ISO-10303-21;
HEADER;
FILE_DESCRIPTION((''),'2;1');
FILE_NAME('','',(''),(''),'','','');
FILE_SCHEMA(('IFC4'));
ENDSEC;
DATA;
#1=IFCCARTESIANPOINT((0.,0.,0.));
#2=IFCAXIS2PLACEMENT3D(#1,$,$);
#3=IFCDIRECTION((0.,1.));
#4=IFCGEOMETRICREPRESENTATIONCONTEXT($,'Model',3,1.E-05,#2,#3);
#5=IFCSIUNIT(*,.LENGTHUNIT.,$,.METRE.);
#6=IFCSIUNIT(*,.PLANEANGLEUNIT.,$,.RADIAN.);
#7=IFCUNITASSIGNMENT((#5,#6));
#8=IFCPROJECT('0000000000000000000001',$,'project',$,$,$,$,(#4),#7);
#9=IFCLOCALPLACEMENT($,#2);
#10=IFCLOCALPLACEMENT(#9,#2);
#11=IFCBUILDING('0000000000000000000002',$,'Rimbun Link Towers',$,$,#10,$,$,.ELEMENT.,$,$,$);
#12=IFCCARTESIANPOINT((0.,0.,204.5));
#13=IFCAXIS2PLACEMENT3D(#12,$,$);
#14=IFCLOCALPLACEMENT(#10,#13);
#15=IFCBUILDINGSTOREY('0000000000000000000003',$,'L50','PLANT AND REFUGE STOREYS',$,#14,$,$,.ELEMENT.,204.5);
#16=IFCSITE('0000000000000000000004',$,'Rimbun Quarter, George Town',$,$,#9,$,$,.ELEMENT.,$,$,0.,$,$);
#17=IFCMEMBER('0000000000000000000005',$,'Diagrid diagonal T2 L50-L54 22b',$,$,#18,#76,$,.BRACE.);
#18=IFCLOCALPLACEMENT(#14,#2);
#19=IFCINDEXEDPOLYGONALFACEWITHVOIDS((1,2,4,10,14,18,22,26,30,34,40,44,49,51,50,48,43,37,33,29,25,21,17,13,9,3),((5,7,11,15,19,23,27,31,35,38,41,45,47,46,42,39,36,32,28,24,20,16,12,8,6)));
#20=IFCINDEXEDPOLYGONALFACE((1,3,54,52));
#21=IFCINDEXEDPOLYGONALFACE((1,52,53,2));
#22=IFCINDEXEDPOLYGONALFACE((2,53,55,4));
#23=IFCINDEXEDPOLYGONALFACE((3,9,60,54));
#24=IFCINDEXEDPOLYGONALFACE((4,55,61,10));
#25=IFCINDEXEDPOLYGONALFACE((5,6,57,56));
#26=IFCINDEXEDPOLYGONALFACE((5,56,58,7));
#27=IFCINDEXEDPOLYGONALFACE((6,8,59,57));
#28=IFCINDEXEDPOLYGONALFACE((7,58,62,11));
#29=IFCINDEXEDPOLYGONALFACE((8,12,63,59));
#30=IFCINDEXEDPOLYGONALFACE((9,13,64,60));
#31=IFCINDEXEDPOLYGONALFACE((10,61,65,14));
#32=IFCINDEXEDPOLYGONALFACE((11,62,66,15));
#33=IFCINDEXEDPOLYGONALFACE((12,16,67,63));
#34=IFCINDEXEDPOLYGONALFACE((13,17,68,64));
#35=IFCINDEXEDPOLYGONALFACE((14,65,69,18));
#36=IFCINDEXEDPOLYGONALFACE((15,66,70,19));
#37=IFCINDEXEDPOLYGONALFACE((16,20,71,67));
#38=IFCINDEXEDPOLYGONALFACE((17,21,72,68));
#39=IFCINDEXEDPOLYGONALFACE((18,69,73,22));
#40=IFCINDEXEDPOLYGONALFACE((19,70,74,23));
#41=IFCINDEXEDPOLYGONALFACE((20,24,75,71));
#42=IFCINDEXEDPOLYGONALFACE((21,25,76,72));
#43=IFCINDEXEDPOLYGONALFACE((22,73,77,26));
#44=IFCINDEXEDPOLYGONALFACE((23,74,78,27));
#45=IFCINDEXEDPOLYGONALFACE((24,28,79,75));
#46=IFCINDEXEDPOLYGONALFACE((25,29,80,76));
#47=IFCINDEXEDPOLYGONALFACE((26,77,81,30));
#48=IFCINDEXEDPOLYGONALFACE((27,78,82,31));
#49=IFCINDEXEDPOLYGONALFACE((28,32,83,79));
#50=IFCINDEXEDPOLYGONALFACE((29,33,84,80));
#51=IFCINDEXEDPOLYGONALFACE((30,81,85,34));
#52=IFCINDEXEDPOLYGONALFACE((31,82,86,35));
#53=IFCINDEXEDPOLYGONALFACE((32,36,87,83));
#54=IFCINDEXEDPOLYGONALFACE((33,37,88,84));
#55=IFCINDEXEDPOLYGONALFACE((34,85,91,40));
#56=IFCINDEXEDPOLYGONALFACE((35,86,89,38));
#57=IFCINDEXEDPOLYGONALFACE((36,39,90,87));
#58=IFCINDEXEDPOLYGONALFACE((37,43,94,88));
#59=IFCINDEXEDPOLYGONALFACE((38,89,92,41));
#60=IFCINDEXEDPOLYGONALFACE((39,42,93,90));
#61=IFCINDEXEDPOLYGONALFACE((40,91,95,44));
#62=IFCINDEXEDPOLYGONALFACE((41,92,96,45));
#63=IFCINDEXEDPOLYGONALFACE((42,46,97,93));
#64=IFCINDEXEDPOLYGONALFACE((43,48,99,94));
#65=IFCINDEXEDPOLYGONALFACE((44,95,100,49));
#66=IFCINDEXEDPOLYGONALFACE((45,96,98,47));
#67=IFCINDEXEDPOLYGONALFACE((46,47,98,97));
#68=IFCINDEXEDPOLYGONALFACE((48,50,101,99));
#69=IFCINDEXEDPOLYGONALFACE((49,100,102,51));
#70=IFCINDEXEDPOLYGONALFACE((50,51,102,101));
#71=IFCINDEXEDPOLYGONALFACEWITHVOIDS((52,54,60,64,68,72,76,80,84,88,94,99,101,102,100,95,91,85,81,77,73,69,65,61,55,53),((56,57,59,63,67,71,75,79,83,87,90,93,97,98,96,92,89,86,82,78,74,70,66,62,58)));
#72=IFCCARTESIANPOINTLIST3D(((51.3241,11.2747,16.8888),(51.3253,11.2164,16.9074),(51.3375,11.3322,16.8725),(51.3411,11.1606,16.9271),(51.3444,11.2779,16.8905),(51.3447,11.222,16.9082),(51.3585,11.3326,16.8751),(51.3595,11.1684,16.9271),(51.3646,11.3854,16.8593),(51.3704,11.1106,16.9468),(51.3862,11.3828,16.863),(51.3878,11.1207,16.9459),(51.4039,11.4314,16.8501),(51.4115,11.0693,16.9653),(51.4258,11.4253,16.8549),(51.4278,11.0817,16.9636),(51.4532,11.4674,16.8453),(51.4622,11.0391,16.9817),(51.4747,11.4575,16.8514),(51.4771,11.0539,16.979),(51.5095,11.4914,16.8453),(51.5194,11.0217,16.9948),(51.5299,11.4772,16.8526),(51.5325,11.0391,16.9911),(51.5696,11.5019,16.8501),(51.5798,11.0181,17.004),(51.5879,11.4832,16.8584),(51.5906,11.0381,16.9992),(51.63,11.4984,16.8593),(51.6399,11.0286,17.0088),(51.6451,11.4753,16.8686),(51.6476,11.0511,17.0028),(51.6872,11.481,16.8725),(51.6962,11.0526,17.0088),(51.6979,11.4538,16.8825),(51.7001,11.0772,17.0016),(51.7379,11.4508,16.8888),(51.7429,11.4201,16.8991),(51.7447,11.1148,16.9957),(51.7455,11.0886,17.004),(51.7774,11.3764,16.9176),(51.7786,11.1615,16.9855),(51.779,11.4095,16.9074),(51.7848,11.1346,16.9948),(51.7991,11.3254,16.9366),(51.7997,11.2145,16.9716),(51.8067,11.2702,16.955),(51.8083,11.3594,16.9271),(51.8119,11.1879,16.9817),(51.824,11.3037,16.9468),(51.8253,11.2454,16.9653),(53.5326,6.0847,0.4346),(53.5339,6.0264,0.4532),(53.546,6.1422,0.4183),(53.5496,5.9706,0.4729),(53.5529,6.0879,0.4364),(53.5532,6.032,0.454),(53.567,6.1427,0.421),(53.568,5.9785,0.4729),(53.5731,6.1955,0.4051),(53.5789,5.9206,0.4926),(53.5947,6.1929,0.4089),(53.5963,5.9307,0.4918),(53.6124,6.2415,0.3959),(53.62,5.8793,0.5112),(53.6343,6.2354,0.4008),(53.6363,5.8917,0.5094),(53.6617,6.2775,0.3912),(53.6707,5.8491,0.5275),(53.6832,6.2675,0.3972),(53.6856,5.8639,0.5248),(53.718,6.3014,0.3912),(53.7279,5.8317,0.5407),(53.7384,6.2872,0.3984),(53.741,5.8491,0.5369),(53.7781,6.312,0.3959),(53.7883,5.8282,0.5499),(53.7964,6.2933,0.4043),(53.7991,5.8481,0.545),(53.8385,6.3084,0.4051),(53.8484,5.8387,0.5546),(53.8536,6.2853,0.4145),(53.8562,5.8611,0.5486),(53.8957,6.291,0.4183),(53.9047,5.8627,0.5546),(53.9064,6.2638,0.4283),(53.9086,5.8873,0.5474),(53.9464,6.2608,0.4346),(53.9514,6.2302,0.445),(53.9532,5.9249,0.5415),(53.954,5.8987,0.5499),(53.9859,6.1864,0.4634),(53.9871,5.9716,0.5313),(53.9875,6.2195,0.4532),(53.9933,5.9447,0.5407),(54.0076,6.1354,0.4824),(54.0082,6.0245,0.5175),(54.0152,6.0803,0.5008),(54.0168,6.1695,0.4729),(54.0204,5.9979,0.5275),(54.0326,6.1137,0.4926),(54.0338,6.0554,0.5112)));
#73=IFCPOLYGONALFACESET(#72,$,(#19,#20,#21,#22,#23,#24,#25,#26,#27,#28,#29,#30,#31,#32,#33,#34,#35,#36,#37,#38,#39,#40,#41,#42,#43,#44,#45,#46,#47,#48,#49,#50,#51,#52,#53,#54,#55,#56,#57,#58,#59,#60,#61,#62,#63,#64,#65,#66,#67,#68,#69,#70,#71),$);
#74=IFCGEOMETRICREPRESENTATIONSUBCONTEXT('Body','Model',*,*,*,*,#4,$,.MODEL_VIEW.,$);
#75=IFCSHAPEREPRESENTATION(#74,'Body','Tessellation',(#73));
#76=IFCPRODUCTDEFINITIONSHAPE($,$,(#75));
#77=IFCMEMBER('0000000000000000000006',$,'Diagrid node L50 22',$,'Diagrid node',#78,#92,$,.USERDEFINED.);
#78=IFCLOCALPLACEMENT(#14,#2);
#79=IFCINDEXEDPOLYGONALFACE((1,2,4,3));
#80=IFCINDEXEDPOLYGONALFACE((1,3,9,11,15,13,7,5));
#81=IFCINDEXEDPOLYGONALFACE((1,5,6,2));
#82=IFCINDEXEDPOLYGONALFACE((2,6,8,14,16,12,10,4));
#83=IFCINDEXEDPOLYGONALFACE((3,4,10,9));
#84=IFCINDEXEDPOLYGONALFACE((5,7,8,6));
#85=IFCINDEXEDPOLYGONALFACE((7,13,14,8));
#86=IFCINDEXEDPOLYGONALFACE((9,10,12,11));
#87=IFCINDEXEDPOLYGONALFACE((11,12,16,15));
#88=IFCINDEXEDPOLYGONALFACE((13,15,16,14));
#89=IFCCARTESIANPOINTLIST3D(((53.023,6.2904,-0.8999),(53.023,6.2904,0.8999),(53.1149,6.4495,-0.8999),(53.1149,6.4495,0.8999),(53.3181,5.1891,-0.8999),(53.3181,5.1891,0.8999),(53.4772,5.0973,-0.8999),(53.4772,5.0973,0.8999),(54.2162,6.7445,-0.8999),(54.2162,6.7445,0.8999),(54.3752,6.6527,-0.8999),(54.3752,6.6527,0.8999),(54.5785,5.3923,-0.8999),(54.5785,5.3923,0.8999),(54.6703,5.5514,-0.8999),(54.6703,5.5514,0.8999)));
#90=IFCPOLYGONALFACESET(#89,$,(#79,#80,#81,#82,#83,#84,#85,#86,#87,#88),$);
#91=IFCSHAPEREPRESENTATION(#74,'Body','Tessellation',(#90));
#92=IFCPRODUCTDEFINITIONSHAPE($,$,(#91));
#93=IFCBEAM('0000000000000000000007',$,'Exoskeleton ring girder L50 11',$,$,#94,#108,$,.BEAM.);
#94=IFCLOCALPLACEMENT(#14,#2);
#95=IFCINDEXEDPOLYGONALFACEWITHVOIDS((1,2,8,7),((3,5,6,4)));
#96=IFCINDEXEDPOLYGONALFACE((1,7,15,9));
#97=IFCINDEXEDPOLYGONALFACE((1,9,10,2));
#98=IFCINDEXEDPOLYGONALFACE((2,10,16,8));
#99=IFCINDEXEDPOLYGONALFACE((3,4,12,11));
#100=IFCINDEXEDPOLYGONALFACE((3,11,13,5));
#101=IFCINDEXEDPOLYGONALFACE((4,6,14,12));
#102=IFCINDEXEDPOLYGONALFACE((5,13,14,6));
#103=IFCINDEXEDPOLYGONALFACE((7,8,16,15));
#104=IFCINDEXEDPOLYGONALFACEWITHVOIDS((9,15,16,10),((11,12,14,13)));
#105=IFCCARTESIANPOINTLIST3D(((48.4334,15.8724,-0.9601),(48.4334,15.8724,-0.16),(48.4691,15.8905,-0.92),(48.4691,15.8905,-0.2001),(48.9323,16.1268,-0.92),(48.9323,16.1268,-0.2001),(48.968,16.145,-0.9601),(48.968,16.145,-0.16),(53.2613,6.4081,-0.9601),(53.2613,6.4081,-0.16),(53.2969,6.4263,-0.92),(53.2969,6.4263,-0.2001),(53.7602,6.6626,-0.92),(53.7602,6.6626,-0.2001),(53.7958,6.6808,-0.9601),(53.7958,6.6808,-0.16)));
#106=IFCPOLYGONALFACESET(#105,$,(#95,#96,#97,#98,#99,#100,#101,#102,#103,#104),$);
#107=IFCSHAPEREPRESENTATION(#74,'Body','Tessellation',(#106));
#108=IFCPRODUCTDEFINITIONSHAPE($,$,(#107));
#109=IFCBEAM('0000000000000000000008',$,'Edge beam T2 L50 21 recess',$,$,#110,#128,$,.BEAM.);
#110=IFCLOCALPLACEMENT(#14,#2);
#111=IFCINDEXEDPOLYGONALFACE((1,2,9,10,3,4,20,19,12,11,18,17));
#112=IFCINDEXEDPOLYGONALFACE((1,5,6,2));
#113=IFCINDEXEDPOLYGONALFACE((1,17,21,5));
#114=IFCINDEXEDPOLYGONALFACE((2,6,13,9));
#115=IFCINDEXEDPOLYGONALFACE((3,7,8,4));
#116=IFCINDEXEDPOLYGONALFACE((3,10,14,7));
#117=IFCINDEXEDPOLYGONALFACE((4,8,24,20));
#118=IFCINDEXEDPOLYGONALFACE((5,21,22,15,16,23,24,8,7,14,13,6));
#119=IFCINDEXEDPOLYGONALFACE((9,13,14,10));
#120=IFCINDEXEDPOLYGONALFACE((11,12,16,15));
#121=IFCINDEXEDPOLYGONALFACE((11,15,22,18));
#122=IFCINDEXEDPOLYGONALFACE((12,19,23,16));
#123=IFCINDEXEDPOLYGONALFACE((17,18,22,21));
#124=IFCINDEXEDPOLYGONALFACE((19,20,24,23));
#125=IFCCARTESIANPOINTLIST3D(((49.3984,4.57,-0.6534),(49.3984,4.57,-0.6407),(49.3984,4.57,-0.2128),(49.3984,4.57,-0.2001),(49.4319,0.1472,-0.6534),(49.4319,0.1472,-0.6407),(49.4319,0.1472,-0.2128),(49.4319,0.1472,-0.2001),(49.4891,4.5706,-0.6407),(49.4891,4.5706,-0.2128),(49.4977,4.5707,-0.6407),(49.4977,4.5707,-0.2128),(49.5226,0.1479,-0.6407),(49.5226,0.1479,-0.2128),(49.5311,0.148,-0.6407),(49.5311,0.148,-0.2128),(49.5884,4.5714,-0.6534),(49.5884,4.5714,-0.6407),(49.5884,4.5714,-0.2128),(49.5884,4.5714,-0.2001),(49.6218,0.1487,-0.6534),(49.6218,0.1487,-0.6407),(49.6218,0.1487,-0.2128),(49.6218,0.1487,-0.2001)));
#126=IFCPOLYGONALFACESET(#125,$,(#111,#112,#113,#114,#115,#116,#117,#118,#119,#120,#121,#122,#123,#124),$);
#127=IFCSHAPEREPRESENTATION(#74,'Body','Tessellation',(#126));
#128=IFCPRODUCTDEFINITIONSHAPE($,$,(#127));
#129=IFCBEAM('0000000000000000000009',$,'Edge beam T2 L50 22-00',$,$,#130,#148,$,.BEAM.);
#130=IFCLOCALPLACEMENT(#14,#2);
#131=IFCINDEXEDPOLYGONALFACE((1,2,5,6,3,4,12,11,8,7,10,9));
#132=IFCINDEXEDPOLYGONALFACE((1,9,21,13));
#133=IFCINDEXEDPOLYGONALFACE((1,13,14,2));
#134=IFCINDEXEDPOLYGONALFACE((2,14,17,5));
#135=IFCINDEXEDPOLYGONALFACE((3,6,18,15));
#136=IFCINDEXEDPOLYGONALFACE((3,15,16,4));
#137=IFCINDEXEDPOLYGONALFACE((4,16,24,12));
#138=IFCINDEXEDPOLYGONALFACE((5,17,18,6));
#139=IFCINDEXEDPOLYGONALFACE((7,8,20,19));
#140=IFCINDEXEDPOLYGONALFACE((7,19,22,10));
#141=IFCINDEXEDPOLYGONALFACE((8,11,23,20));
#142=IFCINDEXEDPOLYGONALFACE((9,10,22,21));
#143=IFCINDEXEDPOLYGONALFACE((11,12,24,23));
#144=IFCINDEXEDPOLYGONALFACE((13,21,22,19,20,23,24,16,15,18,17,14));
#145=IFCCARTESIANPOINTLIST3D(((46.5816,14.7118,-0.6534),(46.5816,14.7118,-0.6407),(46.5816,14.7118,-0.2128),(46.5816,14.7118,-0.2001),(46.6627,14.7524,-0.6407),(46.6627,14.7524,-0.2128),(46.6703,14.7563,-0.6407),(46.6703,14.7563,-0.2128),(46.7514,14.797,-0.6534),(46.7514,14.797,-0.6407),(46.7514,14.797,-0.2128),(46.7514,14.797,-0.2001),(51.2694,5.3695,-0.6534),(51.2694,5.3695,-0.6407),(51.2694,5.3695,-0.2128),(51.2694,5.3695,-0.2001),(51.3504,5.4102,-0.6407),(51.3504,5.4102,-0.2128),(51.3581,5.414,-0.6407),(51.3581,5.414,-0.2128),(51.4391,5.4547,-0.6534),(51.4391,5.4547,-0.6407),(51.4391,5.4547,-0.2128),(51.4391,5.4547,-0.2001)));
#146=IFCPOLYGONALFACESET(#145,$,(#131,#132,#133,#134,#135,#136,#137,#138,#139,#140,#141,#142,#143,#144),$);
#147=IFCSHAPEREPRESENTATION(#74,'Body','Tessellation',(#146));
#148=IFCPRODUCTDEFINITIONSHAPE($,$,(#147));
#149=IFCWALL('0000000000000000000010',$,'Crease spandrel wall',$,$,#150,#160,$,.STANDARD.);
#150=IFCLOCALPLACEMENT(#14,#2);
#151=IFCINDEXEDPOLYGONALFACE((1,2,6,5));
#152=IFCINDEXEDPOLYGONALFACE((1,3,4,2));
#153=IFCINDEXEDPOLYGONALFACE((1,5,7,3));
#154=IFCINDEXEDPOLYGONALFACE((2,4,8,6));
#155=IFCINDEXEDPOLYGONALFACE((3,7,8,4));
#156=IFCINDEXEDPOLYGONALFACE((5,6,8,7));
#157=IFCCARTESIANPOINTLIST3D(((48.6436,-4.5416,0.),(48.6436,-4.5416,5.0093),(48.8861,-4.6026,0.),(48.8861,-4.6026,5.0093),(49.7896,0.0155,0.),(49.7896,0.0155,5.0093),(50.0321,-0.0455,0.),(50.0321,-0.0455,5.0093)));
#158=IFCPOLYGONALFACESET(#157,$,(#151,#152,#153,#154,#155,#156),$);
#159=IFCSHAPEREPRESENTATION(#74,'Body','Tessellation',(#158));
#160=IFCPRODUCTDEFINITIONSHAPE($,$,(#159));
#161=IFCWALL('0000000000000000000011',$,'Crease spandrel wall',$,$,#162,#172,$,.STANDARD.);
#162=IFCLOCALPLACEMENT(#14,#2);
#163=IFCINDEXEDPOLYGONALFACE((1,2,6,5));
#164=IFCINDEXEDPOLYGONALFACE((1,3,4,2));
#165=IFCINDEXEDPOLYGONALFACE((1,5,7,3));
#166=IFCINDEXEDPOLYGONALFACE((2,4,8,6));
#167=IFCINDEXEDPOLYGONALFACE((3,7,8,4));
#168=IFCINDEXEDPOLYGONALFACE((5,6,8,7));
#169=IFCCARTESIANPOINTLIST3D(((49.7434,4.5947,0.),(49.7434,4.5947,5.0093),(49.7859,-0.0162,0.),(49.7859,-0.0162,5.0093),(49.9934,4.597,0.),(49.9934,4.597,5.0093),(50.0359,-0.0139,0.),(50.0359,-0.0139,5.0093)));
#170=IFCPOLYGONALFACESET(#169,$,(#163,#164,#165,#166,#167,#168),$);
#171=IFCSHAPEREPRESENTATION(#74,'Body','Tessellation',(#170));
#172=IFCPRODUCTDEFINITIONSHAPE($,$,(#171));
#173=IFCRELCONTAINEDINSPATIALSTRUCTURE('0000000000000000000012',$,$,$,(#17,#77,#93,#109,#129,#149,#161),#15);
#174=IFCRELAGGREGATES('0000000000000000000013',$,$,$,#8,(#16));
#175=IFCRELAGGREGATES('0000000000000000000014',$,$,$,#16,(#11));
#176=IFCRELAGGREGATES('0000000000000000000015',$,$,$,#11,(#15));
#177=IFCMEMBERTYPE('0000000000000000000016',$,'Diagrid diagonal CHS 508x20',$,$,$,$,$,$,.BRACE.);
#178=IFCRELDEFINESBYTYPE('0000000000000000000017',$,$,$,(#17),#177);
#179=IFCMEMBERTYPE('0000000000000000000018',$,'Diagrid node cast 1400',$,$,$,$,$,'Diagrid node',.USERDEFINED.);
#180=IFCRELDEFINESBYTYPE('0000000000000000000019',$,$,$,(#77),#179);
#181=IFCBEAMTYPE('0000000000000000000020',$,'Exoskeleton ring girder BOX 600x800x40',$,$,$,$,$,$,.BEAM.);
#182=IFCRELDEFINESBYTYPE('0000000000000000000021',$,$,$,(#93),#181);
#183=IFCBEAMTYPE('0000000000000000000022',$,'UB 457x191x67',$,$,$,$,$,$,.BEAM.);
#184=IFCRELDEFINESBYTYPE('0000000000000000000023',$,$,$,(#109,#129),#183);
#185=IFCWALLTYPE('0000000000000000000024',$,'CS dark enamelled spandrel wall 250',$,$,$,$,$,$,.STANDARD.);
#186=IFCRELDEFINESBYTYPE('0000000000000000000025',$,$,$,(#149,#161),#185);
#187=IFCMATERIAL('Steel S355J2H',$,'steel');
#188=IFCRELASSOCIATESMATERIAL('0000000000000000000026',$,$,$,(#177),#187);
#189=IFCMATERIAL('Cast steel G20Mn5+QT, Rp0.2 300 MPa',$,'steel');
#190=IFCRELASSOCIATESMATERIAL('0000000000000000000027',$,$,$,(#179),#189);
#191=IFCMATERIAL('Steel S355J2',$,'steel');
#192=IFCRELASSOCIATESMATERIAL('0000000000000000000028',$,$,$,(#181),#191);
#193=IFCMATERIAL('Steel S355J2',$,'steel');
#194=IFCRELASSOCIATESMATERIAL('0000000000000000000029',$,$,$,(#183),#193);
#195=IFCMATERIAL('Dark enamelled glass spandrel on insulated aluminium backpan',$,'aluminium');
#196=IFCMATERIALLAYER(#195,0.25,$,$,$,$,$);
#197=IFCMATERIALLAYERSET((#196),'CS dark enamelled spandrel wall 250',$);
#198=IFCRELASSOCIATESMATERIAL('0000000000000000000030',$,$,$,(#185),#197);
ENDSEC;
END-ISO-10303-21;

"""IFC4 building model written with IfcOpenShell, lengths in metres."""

from ifc_helpers import new_model, si_unit, direction, frame, frame_2d, origin, origin_2d, place, context, subcontext, project, spatial, polyline, rectangle, hollow_rectangle, hollow_circle, i_section, outline, extrude, material, layer, layer_set, material_profile, profile_set, type_object, element, save


model = new_model("IFC4")

# Units and contexts
model_context = context("Model", 3, precision=1e-05, world=origin(), true_north=direction((0.0, 1.0)))
body_context = subcontext(model_context, "Body", "Model", "MODEL_VIEW")
ifc_project = project(units=[si_unit("LENGTHUNIT", "METRE"), si_unit("PLANEANGLEUNIT", "RADIAN")], contexts=[model_context])

# Site, building, storey
site_placement = place(None, origin())
site = spatial("IfcSite", under=ifc_project, at=site_placement, Name="Rimbun Quarter, George Town", CompositionType="ELEMENT", RefElevation=0.0)
building_placement = place(site_placement, origin())
building = spatial("IfcBuilding", under=site, at=building_placement, Name="Rimbun Link Towers", CompositionType="ELEMENT")
storey_placement = place(building_placement, frame((0.0, 0.0, 204.5)))
storey = spatial("IfcBuildingStorey", under=building, at=storey_placement, Name="L50", Description="PLANT AND REFUGE STOREYS", CompositionType="ELEMENT", Elevation=204.5)

# Members
ifc_material_1 = material(Name="Steel S355J2H", Category="steel")
ifc_material_profile_1 = material_profile(ifc_material_1, hollow_circle(Radius=0.2539, WallThickness=0.02, at=origin_2d()), Name="Diagrid diagonal CHS 508x20")
ifc_profile_set_1 = profile_set([ifc_material_profile_1], Name="Steel S355J2H")
member_type_1 = type_object("IfcMemberType", Name="Diagrid diagonal CHS 508x20", PredefinedType="BRACE", material=ifc_profile_set_1)
member_1_placement = place(storey_placement, frame((53.7832, 6.0701, 0.4729), z_axis=(-0.126969, 0.298376, 0.945966), x_axis=(-0.920154, -0.391557, 0.0)))
element("IfcMember", 1, at=member_1_placement, inside=storey, type_object=member_type_1, Name="Diagrid diagonal T2 L50-L54 22b", PredefinedType="BRACE", context=body_context, shape_type="SweptSolid", body=[
    extrude(hollow_circle(Radius=0.2539, WallThickness=0.02, at=origin_2d()), origin(), (0.0, 0.0, 1.0), 17.394),
])
ifc_material_2 = material(Name="Cast steel G20Mn5+QT, Rp0.2 300 MPa", Category="steel")
ifc_material_profile_2 = material_profile(ifc_material_2, outline(polyline([(0.7, -0.5701), (0.7, 0.5701), (0.5701, 0.7), (-0.5701, 0.7), (-0.7, 0.5701), (-0.7, -0.5701), (-0.5701, -0.7), (0.5701, -0.7), (0.7, -0.5701)])), Name="NODE 1400x1400")
ifc_profile_set_2 = profile_set([ifc_material_profile_2], Name="Cast steel G20Mn5+QT, Rp0.2 300 MPa")
member_type_2 = type_object("IfcMemberType", Name="Diagrid node cast 1400", ElementType="Diagrid node", PredefinedType="USERDEFINED", material=ifc_profile_set_2)
member_2_placement = place(storey_placement, frame((53.8467, 5.9209, -0.8999), z_axis=(0.0, 0.0, 1.0), x_axis=(0.965926, 0.258819, 0.0)))
element("IfcMember", 2, at=member_2_placement, inside=storey, type_object=member_type_2, Name="Diagrid node L50 22", ObjectType="Diagrid node", PredefinedType="USERDEFINED", context=body_context, shape_type="SweptSolid", body=[
    extrude(outline(polyline([(0.7, -0.5701), (0.7, 0.5701), (0.5701, 0.7), (-0.5701, 0.7), (-0.7, 0.5701), (-0.7, -0.5701), (-0.5701, -0.7), (0.5701, -0.7), (0.7, -0.5701)])), origin(), (0.0, 0.0, 1.0), 1.7998),
])

# Beams
ifc_material_3 = material(Name="Steel S355J2", Category="steel")
ifc_material_profile_3 = material_profile(ifc_material_3, hollow_rectangle(XDim=0.6001, YDim=0.8, WallThickness=0.04, at=origin_2d()), Name="Exoskeleton ring girder BOX 600x800x40")
ifc_profile_set_3 = profile_set([ifc_material_profile_3], Name="Steel S355J2")
beam_type_1 = type_object("IfcBeamType", Name="Exoskeleton ring girder BOX 600x800x40", PredefinedType="BEAM", material=ifc_profile_set_3)
beam_1_placement = place(storey_placement, frame((53.5286, 6.5444, -0.5601), z_axis=(-0.454405, 0.890795, 0.0), x_axis=(-0.890795, -0.454405, 0.0)))
element("IfcBeam", 3, at=beam_1_placement, inside=storey, type_object=beam_type_1, Name="Exoskeleton ring girder L50 11", PredefinedType="BEAM", context=body_context, shape_type="SweptSolid", body=[
    extrude(hollow_rectangle(XDim=0.6001, YDim=0.8, WallThickness=0.04, at=origin_2d()), origin(), (0.0, 0.0, 1.0), 10.6245),
])
ifc_material_4 = material(Name="Steel S355J2", Category="steel")
ifc_material_profile_4 = material_profile(ifc_material_4, i_section(OverallWidth=0.1899, OverallDepth=0.4534, WebThickness=0.0085, FlangeThickness=0.0127, at=origin_2d()), Name="UB 457x191x67")
ifc_profile_set_4 = profile_set([ifc_material_profile_4], Name="Steel S355J2")
beam_type_2 = type_object("IfcBeamType", Name="UB 457x191x67", PredefinedType="BEAM", material=ifc_profile_set_4)
beam_2_placement = place(storey_placement, frame((49.5269, 0.1479, -0.4268), z_axis=(-0.007563, 0.999971, 0.0), x_axis=(-0.999971, -0.007563, 0.0)))
element("IfcBeam", 4, at=beam_2_placement, inside=storey, type_object=beam_type_2, Name="Edge beam T2 L50 21 recess", PredefinedType="BEAM", context=body_context, shape_type="SweptSolid", body=[
    extrude(i_section(OverallWidth=0.1899, OverallDepth=0.4534, WebThickness=0.0085, FlangeThickness=0.0127, at=origin_2d()), origin(), (0.0, 0.0, 1.0), 4.4229),
])
beam_3_placement = place(storey_placement, frame((51.3542, 5.4121, -0.4268), z_axis=(-0.448484, 0.893791, 0.0), x_axis=(-0.893791, -0.448484, 0.0)))
element("IfcBeam", 5, at=beam_3_placement, inside=storey, type_object=beam_type_2, Name="Edge beam T2 L50 22-00", PredefinedType="BEAM", context=body_context, shape_type="SweptSolid", body=[
    extrude(i_section(OverallWidth=0.1899, OverallDepth=0.4534, WebThickness=0.0085, FlangeThickness=0.0127, at=origin_2d()), origin(), (0.0, 0.0, 1.0), 10.4524),
])

# Walls
ifc_material_5 = material(Name="Dark enamelled glass spandrel on insulated aluminium backpan", Category="aluminium")
ifc_layer_1 = layer(ifc_material_5, 0.25)
ifc_layer_set_1 = layer_set([ifc_layer_1], Name="CS dark enamelled spandrel wall 250")
wall_type_1 = type_object("IfcWallType", Name="CS dark enamelled spandrel wall 250", PredefinedType="STANDARD", material=ifc_layer_set_1)
wall_1_placement = place(storey_placement, frame((49.9109, -0.0149, 0.0), z_axis=(0.0, 0.0, 1.0), x_axis=(-0.24388, -0.969805, 0.0)))
element("IfcWall", 6, at=wall_1_placement, inside=storey, type_object=wall_type_1, Name="Crease spandrel wall", PredefinedType="STANDARD", context=body_context, shape_type="SweptSolid", body=[
    extrude(rectangle(XDim=4.699, YDim=0.25, at=frame_2d((2.3496, 0.0))), origin(), (0.0, 0.0, 1.0), 5.0093),
])
wall_2_placement = place(storey_placement, frame((49.8684, 4.5959, 0.0), z_axis=(0.0, 0.0, 1.0), x_axis=(0.009213, -0.999958, 0.0)))
element("IfcWall", 7, at=wall_2_placement, inside=storey, type_object=wall_type_1, Name="Crease spandrel wall", PredefinedType="STANDARD", context=body_context, shape_type="SweptSolid", body=[
    extrude(rectangle(XDim=4.6111, YDim=0.25, at=frame_2d((2.3057, 0.0))), origin(), (0.0, 0.0, 1.0), 5.0093),
])

save(model, "model.ifc")
